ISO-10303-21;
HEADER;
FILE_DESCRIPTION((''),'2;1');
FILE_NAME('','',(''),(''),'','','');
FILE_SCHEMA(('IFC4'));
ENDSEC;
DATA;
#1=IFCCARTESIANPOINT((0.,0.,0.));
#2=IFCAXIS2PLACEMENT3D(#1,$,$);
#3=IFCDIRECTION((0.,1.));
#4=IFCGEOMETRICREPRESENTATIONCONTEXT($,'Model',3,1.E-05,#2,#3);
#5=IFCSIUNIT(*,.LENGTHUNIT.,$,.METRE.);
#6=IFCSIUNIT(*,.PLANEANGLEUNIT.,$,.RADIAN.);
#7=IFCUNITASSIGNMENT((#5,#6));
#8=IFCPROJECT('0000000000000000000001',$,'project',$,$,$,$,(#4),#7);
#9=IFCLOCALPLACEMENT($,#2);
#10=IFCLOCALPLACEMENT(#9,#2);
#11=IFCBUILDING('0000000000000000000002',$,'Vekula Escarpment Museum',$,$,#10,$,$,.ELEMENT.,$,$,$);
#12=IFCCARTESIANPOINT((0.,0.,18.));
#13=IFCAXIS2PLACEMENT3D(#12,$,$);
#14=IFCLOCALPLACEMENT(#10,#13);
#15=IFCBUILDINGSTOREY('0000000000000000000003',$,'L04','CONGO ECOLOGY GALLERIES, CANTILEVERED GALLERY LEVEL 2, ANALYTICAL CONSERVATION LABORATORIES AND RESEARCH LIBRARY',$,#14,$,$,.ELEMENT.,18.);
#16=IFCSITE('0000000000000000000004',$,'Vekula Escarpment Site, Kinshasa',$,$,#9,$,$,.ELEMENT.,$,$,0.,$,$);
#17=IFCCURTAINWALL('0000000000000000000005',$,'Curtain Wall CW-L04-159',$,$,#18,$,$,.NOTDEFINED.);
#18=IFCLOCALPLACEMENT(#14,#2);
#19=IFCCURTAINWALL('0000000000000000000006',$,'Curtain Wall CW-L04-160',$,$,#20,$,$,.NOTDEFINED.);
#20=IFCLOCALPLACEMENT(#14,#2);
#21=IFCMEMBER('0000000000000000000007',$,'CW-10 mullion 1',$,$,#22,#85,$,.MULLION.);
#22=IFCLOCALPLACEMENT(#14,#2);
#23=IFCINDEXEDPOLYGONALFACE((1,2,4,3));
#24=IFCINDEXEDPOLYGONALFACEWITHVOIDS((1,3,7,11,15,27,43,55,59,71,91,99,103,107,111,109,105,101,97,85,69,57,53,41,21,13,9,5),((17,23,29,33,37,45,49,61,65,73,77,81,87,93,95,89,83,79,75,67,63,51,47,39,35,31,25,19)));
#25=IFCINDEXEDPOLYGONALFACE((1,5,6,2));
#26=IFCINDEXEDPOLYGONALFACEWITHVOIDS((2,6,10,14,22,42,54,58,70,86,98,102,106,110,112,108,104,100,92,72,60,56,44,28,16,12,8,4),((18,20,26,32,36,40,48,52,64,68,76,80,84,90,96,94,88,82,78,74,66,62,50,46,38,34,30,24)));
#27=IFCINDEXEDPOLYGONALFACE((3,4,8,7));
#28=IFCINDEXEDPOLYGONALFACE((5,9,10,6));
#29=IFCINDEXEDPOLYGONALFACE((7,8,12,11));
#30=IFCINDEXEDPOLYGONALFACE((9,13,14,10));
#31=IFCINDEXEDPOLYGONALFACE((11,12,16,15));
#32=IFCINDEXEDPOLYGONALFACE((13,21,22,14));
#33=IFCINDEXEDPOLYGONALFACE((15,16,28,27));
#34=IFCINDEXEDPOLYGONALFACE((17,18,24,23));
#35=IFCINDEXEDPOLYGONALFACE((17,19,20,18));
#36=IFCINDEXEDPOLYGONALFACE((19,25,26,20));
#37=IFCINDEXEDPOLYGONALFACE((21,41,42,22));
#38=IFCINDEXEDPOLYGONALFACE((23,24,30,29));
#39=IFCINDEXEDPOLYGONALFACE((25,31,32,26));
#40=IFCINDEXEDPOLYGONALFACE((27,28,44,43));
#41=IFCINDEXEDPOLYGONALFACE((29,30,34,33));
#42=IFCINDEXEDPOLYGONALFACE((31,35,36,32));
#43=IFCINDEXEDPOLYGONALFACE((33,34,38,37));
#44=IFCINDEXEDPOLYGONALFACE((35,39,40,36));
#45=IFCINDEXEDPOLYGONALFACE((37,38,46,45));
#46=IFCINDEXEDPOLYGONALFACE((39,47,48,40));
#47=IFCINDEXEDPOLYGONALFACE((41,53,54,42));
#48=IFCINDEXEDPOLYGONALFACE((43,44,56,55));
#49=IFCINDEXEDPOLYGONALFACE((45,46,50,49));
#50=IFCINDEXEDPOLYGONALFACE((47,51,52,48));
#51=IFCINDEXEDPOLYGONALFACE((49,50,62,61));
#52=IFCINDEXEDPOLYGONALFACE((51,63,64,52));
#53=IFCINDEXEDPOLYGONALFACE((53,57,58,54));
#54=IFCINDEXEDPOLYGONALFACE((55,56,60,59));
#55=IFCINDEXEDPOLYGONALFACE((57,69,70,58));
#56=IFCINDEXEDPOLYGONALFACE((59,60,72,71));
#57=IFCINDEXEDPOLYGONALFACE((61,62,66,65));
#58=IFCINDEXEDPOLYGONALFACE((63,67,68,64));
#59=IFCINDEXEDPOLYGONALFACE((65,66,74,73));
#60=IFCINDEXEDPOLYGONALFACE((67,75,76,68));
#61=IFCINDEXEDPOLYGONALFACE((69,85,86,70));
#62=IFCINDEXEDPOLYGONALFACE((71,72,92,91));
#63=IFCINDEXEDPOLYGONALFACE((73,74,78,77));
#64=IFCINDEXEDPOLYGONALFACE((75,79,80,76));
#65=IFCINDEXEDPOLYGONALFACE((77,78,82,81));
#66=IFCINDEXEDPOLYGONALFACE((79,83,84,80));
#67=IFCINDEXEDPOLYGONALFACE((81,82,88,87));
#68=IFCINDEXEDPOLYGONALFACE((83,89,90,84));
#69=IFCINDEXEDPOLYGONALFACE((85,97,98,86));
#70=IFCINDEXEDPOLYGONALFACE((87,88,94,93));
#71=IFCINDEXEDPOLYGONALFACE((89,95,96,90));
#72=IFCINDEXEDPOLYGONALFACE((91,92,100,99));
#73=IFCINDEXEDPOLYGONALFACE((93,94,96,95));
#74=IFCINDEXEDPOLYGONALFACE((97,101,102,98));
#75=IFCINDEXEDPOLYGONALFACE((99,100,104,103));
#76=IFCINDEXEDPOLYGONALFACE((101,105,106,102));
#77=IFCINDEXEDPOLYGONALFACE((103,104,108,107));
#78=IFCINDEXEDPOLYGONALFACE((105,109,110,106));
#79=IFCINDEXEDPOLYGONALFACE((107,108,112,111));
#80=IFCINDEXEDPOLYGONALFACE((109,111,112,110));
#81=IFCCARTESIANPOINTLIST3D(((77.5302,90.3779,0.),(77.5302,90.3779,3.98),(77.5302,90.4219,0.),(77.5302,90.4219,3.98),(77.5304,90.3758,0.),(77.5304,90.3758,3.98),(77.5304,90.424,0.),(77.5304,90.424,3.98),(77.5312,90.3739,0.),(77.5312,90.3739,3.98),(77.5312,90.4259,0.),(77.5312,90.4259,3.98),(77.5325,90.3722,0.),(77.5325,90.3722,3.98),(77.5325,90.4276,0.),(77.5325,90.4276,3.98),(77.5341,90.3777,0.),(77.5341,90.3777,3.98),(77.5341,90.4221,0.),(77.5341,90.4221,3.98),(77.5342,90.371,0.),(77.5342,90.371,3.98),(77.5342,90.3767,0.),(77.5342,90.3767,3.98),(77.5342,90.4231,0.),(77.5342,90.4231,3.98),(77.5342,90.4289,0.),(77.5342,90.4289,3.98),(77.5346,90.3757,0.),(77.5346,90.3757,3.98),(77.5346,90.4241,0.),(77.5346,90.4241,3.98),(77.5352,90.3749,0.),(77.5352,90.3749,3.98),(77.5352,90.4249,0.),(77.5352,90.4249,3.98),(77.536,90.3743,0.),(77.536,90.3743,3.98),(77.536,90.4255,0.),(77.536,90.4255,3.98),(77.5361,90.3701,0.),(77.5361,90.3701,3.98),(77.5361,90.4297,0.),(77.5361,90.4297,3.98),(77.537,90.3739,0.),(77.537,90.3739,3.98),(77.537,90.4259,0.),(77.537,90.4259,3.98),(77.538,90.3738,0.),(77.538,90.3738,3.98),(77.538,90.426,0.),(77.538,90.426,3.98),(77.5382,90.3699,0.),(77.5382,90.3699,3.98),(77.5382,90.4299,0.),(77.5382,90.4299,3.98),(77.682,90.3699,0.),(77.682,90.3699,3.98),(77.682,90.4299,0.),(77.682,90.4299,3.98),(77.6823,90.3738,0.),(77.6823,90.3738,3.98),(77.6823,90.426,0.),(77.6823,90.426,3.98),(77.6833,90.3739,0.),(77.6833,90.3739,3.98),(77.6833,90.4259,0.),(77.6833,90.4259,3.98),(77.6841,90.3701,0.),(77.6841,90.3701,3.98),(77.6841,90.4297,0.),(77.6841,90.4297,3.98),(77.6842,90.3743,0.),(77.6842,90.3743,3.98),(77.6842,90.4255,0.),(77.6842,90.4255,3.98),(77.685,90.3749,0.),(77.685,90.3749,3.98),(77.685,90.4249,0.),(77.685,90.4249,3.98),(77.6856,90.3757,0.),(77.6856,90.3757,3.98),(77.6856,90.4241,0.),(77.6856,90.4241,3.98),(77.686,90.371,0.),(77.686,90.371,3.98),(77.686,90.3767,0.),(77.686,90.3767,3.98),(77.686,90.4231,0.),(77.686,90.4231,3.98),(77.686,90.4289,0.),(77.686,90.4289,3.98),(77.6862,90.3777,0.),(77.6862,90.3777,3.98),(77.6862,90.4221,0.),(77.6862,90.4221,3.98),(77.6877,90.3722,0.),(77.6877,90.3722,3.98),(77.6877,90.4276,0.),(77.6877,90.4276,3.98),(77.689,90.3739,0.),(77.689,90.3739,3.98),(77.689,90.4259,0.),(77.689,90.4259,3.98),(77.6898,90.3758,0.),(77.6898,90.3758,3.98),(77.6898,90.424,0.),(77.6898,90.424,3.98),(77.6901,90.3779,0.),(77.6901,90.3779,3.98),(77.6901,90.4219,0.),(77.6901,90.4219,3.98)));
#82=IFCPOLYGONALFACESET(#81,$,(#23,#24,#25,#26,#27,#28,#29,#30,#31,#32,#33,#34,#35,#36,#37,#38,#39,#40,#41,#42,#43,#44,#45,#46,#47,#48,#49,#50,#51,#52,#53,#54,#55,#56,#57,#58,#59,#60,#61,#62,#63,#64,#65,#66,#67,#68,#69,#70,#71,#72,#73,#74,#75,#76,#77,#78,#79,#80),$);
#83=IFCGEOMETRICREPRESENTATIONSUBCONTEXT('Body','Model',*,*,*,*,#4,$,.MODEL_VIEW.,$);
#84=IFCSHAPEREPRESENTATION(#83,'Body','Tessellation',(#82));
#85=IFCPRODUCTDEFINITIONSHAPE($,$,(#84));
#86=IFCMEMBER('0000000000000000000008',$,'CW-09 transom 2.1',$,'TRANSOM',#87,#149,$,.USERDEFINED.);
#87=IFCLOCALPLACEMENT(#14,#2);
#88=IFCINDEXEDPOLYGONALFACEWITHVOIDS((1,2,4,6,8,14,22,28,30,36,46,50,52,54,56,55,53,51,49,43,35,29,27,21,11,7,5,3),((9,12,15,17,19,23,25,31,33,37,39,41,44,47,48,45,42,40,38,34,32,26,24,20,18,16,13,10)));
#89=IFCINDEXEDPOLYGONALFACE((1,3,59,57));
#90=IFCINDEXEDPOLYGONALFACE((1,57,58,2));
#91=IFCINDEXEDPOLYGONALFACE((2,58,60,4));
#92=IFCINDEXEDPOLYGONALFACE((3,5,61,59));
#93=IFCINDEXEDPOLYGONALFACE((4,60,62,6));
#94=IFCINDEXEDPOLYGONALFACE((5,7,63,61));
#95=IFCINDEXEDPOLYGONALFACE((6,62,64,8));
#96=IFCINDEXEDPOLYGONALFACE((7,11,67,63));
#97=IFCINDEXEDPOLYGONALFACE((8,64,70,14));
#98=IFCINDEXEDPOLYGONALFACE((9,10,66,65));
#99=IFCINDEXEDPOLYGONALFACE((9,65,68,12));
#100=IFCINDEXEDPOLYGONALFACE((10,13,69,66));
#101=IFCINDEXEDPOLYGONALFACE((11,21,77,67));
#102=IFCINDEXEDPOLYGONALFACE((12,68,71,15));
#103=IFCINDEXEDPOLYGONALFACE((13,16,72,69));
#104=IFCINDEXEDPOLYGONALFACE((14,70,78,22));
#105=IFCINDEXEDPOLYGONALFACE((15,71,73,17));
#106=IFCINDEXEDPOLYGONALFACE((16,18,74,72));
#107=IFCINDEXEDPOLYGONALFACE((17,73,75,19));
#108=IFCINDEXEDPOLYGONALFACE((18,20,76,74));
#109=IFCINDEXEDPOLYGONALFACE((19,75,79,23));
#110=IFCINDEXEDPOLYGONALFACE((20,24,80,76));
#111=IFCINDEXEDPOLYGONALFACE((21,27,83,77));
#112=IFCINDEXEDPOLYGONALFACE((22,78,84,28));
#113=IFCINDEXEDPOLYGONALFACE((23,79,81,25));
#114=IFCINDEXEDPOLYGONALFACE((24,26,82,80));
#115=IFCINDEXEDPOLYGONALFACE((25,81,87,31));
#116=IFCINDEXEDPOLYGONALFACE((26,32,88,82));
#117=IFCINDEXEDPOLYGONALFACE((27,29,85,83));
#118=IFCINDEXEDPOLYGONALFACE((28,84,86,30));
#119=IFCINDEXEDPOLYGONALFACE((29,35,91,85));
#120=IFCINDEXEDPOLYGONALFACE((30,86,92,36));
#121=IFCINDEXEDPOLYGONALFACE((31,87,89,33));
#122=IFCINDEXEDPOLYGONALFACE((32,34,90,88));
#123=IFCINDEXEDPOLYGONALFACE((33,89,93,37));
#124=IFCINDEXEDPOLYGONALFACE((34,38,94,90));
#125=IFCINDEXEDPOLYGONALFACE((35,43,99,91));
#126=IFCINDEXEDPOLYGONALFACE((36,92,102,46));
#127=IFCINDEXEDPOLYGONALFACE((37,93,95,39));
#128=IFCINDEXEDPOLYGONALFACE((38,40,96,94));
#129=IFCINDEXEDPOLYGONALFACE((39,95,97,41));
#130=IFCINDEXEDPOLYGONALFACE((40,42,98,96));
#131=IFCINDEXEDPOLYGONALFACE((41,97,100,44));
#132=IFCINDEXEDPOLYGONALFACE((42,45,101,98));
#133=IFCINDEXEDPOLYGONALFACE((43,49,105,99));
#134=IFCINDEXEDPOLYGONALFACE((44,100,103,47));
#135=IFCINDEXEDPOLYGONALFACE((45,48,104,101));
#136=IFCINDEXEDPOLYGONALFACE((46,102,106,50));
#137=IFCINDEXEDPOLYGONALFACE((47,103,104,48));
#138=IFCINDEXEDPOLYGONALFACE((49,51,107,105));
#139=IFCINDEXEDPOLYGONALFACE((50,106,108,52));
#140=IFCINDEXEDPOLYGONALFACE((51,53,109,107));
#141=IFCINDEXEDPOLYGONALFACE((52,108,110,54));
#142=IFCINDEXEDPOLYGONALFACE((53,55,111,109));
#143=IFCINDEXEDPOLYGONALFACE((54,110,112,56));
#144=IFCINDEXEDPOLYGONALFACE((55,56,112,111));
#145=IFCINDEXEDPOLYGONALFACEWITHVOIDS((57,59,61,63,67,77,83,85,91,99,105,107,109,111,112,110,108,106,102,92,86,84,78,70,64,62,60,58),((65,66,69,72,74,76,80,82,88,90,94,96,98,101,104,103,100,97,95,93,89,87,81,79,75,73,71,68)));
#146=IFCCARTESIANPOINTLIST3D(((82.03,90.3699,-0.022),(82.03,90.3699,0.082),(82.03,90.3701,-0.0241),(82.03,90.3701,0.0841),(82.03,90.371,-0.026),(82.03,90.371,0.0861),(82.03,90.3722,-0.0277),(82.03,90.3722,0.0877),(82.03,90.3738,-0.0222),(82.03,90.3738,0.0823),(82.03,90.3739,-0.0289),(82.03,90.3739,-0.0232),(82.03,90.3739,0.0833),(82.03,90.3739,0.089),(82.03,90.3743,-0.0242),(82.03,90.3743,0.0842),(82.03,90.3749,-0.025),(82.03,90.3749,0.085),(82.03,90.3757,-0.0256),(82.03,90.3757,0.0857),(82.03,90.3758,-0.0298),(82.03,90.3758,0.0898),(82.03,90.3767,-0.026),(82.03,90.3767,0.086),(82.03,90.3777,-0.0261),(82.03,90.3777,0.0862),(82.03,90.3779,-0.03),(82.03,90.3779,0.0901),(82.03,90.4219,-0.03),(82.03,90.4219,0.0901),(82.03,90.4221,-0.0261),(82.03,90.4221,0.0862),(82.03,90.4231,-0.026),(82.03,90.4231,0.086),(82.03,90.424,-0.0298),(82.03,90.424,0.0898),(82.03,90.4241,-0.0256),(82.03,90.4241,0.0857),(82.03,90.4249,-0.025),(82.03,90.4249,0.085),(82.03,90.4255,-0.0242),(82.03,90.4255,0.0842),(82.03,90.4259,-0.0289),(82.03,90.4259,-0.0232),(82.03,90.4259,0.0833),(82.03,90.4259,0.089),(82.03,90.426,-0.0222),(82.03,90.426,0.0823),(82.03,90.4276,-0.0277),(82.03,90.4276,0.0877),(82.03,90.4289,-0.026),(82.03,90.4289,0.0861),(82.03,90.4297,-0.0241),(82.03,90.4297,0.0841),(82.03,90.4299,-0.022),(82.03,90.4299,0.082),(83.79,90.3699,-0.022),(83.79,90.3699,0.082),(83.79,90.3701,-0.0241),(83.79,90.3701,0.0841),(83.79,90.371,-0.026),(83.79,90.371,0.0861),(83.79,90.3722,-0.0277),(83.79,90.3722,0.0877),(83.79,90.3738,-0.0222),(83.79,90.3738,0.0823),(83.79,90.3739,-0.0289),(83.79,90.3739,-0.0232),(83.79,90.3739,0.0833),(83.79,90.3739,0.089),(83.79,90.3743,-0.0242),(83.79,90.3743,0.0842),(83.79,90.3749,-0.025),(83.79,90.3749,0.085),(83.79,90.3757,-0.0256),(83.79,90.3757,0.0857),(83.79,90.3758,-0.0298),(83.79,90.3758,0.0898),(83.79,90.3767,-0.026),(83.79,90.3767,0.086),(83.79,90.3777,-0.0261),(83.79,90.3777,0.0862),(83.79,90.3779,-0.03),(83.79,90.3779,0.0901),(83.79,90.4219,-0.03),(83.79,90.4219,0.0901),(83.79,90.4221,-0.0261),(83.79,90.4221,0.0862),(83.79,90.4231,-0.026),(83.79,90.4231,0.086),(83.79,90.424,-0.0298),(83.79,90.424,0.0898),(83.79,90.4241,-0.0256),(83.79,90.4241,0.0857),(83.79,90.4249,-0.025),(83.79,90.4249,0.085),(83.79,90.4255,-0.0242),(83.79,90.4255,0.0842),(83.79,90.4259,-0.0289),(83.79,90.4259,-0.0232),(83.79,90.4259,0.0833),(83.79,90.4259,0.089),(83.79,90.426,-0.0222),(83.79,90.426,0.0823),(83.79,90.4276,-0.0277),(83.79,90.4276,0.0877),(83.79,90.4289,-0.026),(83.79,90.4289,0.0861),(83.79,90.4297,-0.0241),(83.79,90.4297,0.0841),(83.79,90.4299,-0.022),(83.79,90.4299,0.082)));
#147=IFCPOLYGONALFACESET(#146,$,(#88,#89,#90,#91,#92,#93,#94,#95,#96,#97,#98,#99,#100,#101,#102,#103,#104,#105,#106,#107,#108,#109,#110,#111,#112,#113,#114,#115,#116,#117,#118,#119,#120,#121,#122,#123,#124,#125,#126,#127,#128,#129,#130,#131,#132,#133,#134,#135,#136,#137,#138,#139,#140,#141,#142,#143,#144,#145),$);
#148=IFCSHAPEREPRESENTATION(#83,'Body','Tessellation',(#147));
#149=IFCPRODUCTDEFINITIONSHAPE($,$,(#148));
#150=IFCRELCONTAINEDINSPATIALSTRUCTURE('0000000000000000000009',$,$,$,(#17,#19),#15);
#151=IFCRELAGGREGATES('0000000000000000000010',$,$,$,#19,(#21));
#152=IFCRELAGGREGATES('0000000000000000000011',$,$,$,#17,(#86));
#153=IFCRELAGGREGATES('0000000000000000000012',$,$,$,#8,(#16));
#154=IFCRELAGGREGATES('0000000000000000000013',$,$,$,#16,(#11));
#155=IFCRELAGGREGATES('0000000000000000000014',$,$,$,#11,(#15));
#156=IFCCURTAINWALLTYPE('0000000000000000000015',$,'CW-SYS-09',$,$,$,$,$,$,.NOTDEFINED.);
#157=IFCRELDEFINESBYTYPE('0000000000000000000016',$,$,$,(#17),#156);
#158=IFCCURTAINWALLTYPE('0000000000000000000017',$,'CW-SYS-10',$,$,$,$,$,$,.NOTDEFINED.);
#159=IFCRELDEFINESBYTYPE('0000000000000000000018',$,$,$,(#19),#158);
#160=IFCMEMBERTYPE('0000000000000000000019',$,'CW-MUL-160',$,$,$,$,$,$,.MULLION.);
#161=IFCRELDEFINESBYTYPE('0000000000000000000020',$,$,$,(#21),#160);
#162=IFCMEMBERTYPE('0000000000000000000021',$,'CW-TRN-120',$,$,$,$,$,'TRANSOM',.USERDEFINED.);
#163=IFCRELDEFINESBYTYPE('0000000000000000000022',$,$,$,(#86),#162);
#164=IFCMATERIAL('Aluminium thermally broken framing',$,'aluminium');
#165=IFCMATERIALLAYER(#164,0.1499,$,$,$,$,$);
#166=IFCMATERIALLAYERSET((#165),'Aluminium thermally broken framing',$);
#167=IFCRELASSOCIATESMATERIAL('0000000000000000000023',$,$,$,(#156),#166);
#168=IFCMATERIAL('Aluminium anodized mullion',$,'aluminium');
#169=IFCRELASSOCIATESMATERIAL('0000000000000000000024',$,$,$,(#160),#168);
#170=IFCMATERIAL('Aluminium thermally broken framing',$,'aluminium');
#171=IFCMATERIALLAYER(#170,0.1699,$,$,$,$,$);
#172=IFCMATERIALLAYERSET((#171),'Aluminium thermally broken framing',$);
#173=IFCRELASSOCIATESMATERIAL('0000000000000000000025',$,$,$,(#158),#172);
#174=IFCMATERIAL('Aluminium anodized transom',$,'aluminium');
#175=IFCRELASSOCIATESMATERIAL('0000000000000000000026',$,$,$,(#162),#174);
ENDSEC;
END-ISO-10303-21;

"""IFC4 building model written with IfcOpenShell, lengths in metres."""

from ifc_helpers import new_model, si_unit, direction, frame, origin, origin_2d, place, context, subcontext, project, spatial, hollow_rectangle, extrude, material, layer, layer_set, material_profile, profile_set, type_object, element, aggregate, save


model = new_model("IFC4")

# Units and contexts
model_context = context("Model", 3, precision=1e-05, world=origin(), true_north=direction((0.0, 1.0)))
body_context = subcontext(model_context, "Body", "Model", "MODEL_VIEW")
ifc_project = project(units=[si_unit("LENGTHUNIT", "METRE"), si_unit("PLANEANGLEUNIT", "RADIAN")], contexts=[model_context])

# Site, building, storey
site_placement = place(None, origin())
site = spatial("IfcSite", under=ifc_project, at=site_placement, Name="Vekula Escarpment Site, Kinshasa", CompositionType="ELEMENT", RefElevation=0.0)
building_placement = place(site_placement, origin())
building = spatial("IfcBuilding", under=site, at=building_placement, Name="Vekula Escarpment Museum", CompositionType="ELEMENT")
storey_placement = place(building_placement, frame((0.0, 0.0, 18.0)))
storey = spatial("IfcBuildingStorey", under=building, at=storey_placement, Name="L04", Description="CONGO ECOLOGY GALLERIES, CANTILEVERED GALLERY LEVEL 2, ANALYTICAL CONSERVATION LABORATORIES AND RESEARCH LIBRARY", CompositionType="ELEMENT", Elevation=18.0)

# Curtain wall
ifc_material_1 = material(Name="Aluminium thermally broken framing", Category="aluminium")
ifc_layer_1 = layer(ifc_material_1, 0.1499)
ifc_layer_set_1 = layer_set([ifc_layer_1], Name="Aluminium thermally broken framing")
curtain_wall_type_1 = type_object("IfcCurtainWallType", Name="CW-SYS-09", PredefinedType="NOTDEFINED", material=ifc_layer_set_1)
curtain_wall_1_placement = place(storey_placement, origin())
curtain_wall_1 = element("IfcCurtainWall", 1, at=curtain_wall_1_placement, inside=storey, type_object=curtain_wall_type_1, Name="Curtain Wall CW-L04-159", PredefinedType="NOTDEFINED")
ifc_material_2 = material(Name="Aluminium anodized mullion", Category="aluminium")
ifc_material_profile_1 = material_profile(ifc_material_2, hollow_rectangle(XDim=0.0601, YDim=0.1599, WallThickness=0.0039, InnerFilletRadius=0.0039, OuterFilletRadius=0.0081, at=origin_2d()), Name="ALU 160x60x4")
ifc_profile_set_1 = profile_set([ifc_material_profile_1], Name="Aluminium anodized mullion")
member_type_1 = type_object("IfcMemberType", Name="CW-MUL-160", PredefinedType="MULLION", material=ifc_profile_set_1)

# Curtain wall, member
ifc_material_3 = material(Name="Aluminium thermally broken framing", Category="aluminium")
ifc_layer_2 = layer(ifc_material_3, 0.1699)
ifc_layer_set_2 = layer_set([ifc_layer_2], Name="Aluminium thermally broken framing")
curtain_wall_type_2 = type_object("IfcCurtainWallType", Name="CW-SYS-10", PredefinedType="NOTDEFINED", material=ifc_layer_set_2)
curtain_wall_2_placement = place(storey_placement, origin())
curtain_wall_2 = element("IfcCurtainWall", 2, at=curtain_wall_2_placement, inside=storey, type_object=curtain_wall_type_2, Name="Curtain Wall CW-L04-160", PredefinedType="NOTDEFINED")
member_1_placement = place(storey_placement, frame((77.6101, 90.3999, 0.0), z_axis=(0.0, 0.0, 1.0), x_axis=(0.0, -1.0, 0.0)))
member_1 = element("IfcMember", 3, at=member_1_placement, type_object=member_type_1, Name="CW-10 mullion 1", PredefinedType="MULLION", context=body_context, shape_type="SweptSolid", body=[
    extrude(hollow_rectangle(XDim=0.0601, YDim=0.1599, WallThickness=0.0039, InnerFilletRadius=0.0039, OuterFilletRadius=0.0081, at=origin_2d()), origin(), (0.0, 0.0, 1.0), 3.98),
])
aggregate(curtain_wall_2, [member_1])

# Member
ifc_material_4 = material(Name="Aluminium anodized transom", Category="aluminium")
ifc_material_profile_2 = material_profile(ifc_material_4, hollow_rectangle(XDim=0.0601, YDim=0.1201, WallThickness=0.0039, InnerFilletRadius=0.0039, OuterFilletRadius=0.0081, at=origin_2d()), Name="ALU 120x60x4")
ifc_profile_set_2 = profile_set([ifc_material_profile_2], Name="Aluminium anodized transom")
member_type_2 = type_object("IfcMemberType", Name="CW-TRN-120", ElementType="TRANSOM", PredefinedType="USERDEFINED", material=ifc_profile_set_2)
member_2_placement = place(storey_placement, frame((83.79, 90.3999, 0.03), z_axis=(-1.0, 0.0, 0.0), x_axis=(0.0, -1.0, 0.0)))
member_2 = element("IfcMember", 4, at=member_2_placement, type_object=member_type_2, Name="CW-09 transom 2.1", ObjectType="TRANSOM", PredefinedType="USERDEFINED", context=body_context, shape_type="SweptSolid", body=[
    extrude(hollow_rectangle(XDim=0.0601, YDim=0.1201, WallThickness=0.0039, InnerFilletRadius=0.0039, OuterFilletRadius=0.0081, at=origin_2d()), origin(), (0.0, 0.0, 1.0), 1.76),
])

aggregate(curtain_wall_1, [member_2])

save(model, "model.ifc")
